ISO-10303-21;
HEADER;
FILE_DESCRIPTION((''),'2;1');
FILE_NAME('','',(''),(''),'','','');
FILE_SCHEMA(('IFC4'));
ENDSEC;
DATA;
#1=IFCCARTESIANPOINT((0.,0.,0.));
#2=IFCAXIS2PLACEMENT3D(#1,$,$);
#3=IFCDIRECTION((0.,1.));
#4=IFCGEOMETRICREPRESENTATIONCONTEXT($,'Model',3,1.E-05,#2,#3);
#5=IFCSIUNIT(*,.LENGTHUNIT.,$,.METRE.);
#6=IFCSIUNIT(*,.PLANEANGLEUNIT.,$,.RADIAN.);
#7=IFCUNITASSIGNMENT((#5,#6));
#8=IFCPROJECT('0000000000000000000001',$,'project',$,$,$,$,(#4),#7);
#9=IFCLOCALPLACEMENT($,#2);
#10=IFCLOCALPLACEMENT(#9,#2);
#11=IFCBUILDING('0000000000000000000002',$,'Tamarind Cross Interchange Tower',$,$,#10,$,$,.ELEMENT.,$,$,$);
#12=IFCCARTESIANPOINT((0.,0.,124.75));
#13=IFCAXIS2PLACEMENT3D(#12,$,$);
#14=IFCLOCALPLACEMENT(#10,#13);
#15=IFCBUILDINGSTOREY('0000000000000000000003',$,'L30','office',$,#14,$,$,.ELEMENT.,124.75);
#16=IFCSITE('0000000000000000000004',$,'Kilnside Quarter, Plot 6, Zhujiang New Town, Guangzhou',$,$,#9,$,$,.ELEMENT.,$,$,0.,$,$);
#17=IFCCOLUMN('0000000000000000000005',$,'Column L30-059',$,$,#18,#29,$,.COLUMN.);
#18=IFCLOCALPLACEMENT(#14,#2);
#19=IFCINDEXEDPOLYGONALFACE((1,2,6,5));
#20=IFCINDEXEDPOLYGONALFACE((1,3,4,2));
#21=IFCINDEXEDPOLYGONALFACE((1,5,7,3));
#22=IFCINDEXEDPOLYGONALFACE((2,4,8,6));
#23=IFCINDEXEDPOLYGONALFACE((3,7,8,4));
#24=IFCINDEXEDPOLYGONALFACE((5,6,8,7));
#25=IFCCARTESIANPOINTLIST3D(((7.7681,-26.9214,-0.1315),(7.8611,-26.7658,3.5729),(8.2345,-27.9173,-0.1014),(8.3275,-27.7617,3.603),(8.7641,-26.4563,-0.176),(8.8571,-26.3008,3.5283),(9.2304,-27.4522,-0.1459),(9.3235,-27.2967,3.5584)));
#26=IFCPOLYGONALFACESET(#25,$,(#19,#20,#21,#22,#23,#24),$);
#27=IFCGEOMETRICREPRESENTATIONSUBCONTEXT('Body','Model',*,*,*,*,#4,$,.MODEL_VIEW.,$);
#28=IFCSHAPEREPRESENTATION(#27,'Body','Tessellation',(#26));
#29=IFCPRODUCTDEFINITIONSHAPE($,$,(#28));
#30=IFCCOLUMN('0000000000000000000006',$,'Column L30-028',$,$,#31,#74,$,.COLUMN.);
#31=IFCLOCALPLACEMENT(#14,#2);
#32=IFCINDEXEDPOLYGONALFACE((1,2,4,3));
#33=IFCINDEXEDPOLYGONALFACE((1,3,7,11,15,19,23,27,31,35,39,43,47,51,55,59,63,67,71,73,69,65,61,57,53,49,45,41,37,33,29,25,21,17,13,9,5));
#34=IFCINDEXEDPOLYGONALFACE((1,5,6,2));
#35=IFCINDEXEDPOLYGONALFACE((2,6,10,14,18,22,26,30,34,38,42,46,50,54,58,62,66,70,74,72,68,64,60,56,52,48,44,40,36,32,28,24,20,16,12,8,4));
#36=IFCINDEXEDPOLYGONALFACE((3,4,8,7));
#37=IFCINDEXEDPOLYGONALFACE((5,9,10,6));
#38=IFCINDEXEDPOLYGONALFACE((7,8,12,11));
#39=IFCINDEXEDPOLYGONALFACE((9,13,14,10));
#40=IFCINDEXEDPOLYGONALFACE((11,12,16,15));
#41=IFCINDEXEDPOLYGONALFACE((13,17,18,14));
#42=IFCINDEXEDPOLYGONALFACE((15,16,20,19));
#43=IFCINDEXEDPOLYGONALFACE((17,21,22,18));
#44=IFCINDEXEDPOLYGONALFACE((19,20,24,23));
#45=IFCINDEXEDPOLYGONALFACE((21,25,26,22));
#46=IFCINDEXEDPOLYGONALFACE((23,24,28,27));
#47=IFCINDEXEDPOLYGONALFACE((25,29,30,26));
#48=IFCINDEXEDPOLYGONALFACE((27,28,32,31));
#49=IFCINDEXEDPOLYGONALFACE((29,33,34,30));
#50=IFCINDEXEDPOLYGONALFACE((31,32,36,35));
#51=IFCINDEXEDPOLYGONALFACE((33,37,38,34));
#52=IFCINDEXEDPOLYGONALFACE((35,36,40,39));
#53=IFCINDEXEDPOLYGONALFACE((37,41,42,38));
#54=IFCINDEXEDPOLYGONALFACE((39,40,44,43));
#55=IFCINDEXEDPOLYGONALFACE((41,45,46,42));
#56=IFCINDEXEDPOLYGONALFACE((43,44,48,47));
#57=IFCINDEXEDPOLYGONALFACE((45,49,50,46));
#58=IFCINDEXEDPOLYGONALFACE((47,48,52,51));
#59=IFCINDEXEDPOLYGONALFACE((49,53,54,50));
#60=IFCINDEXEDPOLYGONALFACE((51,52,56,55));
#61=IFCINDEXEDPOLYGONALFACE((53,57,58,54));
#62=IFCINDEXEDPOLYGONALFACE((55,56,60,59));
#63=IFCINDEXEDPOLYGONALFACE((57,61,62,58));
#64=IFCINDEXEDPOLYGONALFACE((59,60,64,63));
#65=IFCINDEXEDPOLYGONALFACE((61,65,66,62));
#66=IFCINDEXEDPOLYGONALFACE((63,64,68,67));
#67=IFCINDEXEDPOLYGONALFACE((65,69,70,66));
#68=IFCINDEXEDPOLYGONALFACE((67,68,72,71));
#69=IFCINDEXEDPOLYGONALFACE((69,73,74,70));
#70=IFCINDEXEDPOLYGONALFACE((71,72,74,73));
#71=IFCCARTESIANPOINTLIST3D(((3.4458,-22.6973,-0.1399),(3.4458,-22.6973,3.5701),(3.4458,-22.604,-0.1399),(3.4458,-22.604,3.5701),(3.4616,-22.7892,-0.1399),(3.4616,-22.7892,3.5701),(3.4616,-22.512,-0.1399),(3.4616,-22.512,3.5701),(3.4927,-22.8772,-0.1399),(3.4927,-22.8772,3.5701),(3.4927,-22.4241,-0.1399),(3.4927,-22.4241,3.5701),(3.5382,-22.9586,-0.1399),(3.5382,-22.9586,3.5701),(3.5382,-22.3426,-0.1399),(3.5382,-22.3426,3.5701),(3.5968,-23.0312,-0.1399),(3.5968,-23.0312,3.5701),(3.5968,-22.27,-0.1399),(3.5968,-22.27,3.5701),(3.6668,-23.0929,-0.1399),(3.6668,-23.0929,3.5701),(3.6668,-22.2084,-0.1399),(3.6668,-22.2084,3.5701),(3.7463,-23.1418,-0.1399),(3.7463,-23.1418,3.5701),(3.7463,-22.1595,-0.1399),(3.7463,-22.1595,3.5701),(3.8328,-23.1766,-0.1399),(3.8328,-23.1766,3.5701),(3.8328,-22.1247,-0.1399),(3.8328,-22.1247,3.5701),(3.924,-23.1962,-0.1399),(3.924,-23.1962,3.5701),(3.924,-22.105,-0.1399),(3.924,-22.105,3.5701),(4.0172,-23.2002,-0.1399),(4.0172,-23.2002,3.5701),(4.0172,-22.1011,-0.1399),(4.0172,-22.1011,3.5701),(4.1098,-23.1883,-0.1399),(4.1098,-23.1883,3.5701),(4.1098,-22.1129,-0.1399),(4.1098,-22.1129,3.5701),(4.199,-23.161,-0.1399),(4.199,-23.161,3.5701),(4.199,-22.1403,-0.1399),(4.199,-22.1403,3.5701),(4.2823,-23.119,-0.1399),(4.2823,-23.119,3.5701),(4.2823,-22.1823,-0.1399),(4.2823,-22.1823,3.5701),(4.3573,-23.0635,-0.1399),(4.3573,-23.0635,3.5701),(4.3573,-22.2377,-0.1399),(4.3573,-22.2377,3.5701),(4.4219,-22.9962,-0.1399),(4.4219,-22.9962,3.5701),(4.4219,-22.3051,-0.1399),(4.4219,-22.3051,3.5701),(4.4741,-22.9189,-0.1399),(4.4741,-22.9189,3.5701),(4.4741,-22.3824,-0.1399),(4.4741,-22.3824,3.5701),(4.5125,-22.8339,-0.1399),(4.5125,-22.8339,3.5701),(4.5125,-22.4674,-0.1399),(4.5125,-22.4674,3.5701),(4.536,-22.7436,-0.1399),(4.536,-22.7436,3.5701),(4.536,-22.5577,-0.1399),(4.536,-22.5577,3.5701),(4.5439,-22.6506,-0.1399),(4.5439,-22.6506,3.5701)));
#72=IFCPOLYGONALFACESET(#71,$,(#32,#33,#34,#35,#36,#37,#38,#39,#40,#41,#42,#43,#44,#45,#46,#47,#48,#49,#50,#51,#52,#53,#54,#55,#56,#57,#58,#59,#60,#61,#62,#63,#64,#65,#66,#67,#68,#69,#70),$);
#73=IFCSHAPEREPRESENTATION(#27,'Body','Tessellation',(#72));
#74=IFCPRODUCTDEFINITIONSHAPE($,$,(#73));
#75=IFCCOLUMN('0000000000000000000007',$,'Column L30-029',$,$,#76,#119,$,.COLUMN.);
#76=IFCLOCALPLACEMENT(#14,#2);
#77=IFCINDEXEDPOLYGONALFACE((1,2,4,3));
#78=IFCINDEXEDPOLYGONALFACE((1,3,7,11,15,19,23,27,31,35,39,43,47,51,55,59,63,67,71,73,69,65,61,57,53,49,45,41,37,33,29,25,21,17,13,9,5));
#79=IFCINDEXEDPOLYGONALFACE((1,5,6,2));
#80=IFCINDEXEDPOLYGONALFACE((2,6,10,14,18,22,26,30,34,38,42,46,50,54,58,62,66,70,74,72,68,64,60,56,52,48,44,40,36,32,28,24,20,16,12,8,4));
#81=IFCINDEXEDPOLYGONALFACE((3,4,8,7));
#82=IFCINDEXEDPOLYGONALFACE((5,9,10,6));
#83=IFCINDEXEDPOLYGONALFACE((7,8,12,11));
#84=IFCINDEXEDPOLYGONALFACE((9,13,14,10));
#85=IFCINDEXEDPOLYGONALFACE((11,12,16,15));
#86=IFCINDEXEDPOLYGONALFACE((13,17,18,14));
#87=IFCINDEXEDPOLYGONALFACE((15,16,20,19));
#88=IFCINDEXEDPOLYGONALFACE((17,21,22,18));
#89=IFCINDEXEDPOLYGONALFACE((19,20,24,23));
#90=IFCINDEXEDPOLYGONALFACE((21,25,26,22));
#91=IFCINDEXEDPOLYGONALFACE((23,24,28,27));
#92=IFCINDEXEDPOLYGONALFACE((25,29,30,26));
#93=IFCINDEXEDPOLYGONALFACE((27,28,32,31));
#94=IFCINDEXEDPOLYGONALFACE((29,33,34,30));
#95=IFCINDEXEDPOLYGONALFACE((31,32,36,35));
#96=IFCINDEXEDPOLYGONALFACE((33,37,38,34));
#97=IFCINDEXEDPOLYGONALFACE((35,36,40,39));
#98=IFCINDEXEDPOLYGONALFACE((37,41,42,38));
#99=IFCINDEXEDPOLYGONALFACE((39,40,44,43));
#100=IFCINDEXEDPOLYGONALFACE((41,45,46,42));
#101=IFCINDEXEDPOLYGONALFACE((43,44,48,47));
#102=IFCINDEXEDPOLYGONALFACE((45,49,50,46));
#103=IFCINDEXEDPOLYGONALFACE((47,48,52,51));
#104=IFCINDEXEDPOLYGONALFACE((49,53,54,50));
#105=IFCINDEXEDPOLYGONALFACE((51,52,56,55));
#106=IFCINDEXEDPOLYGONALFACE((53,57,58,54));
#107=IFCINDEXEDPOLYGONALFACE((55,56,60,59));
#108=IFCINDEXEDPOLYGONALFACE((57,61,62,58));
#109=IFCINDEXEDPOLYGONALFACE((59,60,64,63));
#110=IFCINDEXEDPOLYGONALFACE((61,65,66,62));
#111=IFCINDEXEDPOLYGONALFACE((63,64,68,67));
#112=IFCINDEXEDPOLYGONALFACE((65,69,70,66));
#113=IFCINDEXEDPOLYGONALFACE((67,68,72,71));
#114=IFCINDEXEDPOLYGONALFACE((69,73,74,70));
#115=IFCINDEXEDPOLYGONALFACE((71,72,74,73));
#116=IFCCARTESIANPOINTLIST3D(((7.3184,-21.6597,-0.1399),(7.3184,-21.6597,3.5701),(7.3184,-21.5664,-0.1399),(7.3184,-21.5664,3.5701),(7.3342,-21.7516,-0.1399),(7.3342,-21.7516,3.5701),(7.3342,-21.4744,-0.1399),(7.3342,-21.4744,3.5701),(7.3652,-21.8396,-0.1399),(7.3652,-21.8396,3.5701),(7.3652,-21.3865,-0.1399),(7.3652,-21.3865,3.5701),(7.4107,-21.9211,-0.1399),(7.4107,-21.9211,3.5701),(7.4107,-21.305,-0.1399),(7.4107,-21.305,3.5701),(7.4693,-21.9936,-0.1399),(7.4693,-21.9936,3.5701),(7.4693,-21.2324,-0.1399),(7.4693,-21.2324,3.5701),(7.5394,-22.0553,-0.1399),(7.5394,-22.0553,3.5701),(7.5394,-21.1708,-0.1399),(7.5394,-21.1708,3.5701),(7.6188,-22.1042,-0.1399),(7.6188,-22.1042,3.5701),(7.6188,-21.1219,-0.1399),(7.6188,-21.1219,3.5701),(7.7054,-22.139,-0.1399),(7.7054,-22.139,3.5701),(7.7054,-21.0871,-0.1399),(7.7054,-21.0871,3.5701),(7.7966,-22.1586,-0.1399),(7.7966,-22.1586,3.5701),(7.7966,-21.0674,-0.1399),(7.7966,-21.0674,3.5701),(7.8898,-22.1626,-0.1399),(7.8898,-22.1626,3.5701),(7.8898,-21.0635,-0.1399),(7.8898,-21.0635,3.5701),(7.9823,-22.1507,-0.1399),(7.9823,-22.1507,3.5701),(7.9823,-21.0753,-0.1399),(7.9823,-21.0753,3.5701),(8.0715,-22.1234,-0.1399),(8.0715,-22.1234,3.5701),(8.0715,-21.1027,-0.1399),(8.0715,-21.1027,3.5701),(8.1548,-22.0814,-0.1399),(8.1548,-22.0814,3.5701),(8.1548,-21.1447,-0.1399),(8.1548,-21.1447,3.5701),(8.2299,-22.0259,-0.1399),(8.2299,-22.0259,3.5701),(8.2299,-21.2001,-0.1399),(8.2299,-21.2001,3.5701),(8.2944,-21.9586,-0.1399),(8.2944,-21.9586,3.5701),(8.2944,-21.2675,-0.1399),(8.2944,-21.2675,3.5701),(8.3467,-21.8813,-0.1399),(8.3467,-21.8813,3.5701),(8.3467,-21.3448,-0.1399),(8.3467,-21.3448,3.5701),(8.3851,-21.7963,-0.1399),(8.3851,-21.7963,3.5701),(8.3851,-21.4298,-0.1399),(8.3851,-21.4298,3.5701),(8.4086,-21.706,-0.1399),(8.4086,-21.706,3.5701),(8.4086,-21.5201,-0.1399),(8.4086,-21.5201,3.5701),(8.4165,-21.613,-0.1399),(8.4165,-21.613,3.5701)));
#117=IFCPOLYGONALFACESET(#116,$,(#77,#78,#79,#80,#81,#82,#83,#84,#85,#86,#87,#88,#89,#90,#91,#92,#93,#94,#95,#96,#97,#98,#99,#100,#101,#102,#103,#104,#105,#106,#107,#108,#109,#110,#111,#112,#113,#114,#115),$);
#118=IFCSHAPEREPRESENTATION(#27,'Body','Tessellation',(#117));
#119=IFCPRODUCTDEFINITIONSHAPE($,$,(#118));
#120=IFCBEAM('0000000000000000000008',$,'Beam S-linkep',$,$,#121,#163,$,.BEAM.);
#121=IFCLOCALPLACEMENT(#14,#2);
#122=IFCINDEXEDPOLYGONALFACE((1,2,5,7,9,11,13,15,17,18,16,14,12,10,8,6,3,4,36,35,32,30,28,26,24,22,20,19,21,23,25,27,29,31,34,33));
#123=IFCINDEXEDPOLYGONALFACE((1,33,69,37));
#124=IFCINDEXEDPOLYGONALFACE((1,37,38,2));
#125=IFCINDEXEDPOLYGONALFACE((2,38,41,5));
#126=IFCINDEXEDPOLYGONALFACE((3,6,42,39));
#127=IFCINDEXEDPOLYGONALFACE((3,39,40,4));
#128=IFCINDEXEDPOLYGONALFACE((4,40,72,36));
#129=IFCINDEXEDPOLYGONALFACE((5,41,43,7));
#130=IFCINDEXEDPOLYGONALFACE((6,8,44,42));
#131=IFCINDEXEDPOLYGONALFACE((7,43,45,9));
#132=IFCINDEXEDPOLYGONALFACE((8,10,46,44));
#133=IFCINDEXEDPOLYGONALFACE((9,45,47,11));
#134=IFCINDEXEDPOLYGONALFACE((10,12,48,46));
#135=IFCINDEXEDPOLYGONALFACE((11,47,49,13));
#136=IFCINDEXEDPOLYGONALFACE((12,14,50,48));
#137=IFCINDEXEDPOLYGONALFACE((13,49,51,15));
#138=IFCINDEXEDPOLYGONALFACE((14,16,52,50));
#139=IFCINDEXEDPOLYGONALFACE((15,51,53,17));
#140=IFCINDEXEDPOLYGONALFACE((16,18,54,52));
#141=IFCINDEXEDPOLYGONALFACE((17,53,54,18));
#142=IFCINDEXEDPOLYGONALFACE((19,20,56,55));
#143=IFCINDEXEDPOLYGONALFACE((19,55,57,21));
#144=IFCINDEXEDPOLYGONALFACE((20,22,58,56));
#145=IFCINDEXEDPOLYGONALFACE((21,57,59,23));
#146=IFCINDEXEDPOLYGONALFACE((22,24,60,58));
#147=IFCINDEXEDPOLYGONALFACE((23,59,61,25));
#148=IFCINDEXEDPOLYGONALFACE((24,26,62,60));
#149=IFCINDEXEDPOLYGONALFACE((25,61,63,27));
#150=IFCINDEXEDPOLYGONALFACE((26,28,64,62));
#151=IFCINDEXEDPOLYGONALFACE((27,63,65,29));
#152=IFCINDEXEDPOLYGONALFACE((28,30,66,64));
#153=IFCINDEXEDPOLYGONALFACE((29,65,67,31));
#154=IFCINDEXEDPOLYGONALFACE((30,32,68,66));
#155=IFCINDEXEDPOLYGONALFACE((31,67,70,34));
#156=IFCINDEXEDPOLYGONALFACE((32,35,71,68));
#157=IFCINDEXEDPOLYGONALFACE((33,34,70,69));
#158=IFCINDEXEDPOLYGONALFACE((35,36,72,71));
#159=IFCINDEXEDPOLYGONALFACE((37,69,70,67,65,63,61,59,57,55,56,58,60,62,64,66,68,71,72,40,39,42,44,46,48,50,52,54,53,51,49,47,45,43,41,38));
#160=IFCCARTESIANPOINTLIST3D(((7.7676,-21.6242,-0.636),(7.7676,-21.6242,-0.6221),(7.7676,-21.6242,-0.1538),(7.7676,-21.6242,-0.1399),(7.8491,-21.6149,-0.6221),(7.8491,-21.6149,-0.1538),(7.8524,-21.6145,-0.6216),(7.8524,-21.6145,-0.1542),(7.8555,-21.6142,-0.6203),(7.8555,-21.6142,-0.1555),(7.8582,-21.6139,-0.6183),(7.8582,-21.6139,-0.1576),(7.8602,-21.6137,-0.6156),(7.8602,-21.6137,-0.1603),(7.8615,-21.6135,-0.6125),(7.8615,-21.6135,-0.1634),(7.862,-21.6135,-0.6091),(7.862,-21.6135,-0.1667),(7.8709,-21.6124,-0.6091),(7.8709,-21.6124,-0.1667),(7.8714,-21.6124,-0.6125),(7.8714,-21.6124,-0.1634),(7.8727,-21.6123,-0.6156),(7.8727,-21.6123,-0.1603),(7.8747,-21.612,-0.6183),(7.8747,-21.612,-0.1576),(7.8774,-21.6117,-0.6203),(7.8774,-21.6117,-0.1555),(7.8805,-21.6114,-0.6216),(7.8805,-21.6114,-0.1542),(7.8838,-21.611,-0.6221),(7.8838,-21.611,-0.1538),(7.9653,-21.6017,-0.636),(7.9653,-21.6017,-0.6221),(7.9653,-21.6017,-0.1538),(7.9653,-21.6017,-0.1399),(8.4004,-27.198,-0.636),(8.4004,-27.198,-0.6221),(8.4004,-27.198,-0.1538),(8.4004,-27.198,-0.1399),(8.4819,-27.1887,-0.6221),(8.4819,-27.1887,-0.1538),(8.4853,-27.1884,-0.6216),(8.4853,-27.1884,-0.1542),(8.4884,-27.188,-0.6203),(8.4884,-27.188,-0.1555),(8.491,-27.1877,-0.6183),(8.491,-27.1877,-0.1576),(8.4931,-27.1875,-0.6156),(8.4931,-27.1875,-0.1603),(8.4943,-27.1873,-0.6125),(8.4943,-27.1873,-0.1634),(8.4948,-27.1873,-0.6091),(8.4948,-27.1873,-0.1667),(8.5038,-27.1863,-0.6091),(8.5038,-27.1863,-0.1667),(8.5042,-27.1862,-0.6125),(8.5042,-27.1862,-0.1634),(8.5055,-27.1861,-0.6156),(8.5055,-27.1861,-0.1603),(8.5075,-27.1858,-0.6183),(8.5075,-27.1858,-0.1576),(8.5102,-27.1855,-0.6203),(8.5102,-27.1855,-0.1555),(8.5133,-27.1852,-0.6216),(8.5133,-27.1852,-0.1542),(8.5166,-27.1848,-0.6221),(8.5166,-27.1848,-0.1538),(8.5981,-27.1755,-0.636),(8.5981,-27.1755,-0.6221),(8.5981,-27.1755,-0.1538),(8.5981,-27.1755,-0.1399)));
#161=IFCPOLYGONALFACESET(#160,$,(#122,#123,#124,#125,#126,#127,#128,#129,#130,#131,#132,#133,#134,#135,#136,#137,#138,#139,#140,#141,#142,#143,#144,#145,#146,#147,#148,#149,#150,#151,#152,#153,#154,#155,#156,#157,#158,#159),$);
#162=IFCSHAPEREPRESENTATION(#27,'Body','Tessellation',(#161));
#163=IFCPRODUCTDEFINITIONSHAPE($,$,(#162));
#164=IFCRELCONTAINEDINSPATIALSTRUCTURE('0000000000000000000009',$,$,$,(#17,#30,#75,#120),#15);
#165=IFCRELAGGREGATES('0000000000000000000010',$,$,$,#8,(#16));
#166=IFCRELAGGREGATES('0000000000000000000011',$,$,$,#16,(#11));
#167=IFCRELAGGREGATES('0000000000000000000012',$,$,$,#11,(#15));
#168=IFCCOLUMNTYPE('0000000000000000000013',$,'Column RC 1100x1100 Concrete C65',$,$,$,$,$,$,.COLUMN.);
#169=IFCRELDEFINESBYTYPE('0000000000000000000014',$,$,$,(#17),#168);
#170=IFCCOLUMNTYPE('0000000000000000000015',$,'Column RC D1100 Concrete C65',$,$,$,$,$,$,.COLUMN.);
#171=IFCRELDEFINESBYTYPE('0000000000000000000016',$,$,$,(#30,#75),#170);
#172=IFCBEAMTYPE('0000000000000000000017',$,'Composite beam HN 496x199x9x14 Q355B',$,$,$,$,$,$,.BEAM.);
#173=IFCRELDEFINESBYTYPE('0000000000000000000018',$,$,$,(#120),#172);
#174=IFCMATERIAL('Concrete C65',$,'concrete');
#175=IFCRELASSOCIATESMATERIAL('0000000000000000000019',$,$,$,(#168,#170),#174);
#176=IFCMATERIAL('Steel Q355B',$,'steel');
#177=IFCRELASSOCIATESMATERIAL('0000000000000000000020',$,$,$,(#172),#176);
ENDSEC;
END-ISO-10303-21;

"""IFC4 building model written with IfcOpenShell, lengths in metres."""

from ifc_helpers import new_model, si_unit, direction, frame, origin, origin_2d, place, context, subcontext, project, spatial, rectangle, circle, i_section, extrude, material, material_profile, profile_set, type_object, element, save


model = new_model("IFC4")

# Units and contexts
model_context = context("Model", 3, precision=1e-05, world=origin(), true_north=direction((0.0, 1.0)))
body_context = subcontext(model_context, "Body", "Model", "MODEL_VIEW")
ifc_project = project(units=[si_unit("LENGTHUNIT", "METRE"), si_unit("PLANEANGLEUNIT", "RADIAN")], contexts=[model_context])

# Site, building, storey
site_placement = place(None, origin())
site = spatial("IfcSite", under=ifc_project, at=site_placement, Name="Kilnside Quarter, Plot 6, Zhujiang New Town, Guangzhou", CompositionType="ELEMENT", RefElevation=0.0)
building_placement = place(site_placement, origin())
building = spatial("IfcBuilding", under=site, at=building_placement, Name="Tamarind Cross Interchange Tower", CompositionType="ELEMENT")
storey_placement = place(building_placement, frame((0.0, 0.0, 124.75)))
storey = spatial("IfcBuildingStorey", under=building, at=storey_placement, Name="L30", Description="office", CompositionType="ELEMENT", Elevation=124.75)

# Columns
ifc_material_1 = material(Name="Concrete C65", Category="concrete")
ifc_material_profile_1 = material_profile(ifc_material_1, rectangle(XDim=1.1001, YDim=1.1001, at=origin_2d()), Name="RC 1100x1100")
ifc_profile_set_1 = profile_set([ifc_material_profile_1], Name="Concrete C65")
column_type_1 = type_object("IfcColumnType", Name="Column RC 1100x1100 Concrete C65", PredefinedType="COLUMN", material=ifc_profile_set_1)
column_placement = place(storey_placement, frame((8.4993, -27.1868, -0.1387), z_axis=(0.02508, 0.041932, 0.998806), x_axis=(-0.905336, -0.422762, 0.040482)))
element("IfcColumn", 1, at=column_placement, inside=storey, type_object=column_type_1, Name="Column L30-059", PredefinedType="COLUMN", context=body_context, shape_type="SweptSolid", body=[
    extrude(rectangle(XDim=1.1001, YDim=1.1001, at=origin_2d()), origin(), (0.0, 0.0, 1.0), 3.7087),
])
ifc_material_profile_2 = material_profile(ifc_material_1, circle(Radius=0.55, at=origin_2d()), Name="RC D1100")
ifc_profile_set_2 = profile_set([ifc_material_profile_2], Name="Concrete C65")
column_type_2 = type_object("IfcColumnType", Name="Column RC D1100 Concrete C65", PredefinedType="COLUMN", material=ifc_profile_set_2)
for number, where, z_axis, x_axis, name in (
    (2, (3.9939, -22.6506, -0.1399), (0.0, 0.0, 1.0), (1.0, 0.0, 0.0), "Column L30-028"),
    (3, (7.8665, -21.613, -0.1399), (0.0, 0.0, 1.0), (1.0, 0.0, 0.0), "Column L30-029"),
):
    element("IfcColumn", number, at=place(storey_placement, frame(where, z_axis=z_axis, x_axis=x_axis)), inside=storey, type_object=column_type_2, Name=name, PredefinedType="COLUMN", context=body_context, shape_type="SweptSolid", body=[
        extrude(circle(Radius=0.55, at=origin_2d()), origin(), (0.0, 0.0, 1.0), 3.71),
    ])

# Beam
ifc_material_2 = material(Name="Steel Q355B", Category="steel")
ifc_material_profile_3 = material_profile(ifc_material_2, i_section(OverallWidth=0.199, OverallDepth=0.4961, WebThickness=0.009, FlangeThickness=0.0139, FilletRadius=0.0129, at=origin_2d()), Name="HN 496x199x9x14")
ifc_profile_set_3 = profile_set([ifc_material_profile_3], Name="Steel Q355B")
beam_type_1 = type_object("IfcBeamType", Name="Composite beam HN 496x199x9x14 Q355B", PredefinedType="BEAM", material=ifc_profile_set_3)
beam_1_placement = place(storey_placement, frame((8.4993, -27.1868, -0.3879), z_axis=(-0.11281, 0.993617, 0.0), x_axis=(-0.993617, -0.11281, 0.0)))
element("IfcBeam", 4, at=beam_1_placement, inside=storey, type_object=beam_type_1, Name="Beam S-linkep", PredefinedType="BEAM", context=body_context, shape_type="SweptSolid", body=[
    extrude(i_section(OverallWidth=0.199, OverallDepth=0.4961, WebThickness=0.009, FlangeThickness=0.0139, FilletRadius=0.0129, at=origin_2d()), origin(), (0.0, 0.0, 1.0), 5.6096),
])

save(model, "model.ifc")
